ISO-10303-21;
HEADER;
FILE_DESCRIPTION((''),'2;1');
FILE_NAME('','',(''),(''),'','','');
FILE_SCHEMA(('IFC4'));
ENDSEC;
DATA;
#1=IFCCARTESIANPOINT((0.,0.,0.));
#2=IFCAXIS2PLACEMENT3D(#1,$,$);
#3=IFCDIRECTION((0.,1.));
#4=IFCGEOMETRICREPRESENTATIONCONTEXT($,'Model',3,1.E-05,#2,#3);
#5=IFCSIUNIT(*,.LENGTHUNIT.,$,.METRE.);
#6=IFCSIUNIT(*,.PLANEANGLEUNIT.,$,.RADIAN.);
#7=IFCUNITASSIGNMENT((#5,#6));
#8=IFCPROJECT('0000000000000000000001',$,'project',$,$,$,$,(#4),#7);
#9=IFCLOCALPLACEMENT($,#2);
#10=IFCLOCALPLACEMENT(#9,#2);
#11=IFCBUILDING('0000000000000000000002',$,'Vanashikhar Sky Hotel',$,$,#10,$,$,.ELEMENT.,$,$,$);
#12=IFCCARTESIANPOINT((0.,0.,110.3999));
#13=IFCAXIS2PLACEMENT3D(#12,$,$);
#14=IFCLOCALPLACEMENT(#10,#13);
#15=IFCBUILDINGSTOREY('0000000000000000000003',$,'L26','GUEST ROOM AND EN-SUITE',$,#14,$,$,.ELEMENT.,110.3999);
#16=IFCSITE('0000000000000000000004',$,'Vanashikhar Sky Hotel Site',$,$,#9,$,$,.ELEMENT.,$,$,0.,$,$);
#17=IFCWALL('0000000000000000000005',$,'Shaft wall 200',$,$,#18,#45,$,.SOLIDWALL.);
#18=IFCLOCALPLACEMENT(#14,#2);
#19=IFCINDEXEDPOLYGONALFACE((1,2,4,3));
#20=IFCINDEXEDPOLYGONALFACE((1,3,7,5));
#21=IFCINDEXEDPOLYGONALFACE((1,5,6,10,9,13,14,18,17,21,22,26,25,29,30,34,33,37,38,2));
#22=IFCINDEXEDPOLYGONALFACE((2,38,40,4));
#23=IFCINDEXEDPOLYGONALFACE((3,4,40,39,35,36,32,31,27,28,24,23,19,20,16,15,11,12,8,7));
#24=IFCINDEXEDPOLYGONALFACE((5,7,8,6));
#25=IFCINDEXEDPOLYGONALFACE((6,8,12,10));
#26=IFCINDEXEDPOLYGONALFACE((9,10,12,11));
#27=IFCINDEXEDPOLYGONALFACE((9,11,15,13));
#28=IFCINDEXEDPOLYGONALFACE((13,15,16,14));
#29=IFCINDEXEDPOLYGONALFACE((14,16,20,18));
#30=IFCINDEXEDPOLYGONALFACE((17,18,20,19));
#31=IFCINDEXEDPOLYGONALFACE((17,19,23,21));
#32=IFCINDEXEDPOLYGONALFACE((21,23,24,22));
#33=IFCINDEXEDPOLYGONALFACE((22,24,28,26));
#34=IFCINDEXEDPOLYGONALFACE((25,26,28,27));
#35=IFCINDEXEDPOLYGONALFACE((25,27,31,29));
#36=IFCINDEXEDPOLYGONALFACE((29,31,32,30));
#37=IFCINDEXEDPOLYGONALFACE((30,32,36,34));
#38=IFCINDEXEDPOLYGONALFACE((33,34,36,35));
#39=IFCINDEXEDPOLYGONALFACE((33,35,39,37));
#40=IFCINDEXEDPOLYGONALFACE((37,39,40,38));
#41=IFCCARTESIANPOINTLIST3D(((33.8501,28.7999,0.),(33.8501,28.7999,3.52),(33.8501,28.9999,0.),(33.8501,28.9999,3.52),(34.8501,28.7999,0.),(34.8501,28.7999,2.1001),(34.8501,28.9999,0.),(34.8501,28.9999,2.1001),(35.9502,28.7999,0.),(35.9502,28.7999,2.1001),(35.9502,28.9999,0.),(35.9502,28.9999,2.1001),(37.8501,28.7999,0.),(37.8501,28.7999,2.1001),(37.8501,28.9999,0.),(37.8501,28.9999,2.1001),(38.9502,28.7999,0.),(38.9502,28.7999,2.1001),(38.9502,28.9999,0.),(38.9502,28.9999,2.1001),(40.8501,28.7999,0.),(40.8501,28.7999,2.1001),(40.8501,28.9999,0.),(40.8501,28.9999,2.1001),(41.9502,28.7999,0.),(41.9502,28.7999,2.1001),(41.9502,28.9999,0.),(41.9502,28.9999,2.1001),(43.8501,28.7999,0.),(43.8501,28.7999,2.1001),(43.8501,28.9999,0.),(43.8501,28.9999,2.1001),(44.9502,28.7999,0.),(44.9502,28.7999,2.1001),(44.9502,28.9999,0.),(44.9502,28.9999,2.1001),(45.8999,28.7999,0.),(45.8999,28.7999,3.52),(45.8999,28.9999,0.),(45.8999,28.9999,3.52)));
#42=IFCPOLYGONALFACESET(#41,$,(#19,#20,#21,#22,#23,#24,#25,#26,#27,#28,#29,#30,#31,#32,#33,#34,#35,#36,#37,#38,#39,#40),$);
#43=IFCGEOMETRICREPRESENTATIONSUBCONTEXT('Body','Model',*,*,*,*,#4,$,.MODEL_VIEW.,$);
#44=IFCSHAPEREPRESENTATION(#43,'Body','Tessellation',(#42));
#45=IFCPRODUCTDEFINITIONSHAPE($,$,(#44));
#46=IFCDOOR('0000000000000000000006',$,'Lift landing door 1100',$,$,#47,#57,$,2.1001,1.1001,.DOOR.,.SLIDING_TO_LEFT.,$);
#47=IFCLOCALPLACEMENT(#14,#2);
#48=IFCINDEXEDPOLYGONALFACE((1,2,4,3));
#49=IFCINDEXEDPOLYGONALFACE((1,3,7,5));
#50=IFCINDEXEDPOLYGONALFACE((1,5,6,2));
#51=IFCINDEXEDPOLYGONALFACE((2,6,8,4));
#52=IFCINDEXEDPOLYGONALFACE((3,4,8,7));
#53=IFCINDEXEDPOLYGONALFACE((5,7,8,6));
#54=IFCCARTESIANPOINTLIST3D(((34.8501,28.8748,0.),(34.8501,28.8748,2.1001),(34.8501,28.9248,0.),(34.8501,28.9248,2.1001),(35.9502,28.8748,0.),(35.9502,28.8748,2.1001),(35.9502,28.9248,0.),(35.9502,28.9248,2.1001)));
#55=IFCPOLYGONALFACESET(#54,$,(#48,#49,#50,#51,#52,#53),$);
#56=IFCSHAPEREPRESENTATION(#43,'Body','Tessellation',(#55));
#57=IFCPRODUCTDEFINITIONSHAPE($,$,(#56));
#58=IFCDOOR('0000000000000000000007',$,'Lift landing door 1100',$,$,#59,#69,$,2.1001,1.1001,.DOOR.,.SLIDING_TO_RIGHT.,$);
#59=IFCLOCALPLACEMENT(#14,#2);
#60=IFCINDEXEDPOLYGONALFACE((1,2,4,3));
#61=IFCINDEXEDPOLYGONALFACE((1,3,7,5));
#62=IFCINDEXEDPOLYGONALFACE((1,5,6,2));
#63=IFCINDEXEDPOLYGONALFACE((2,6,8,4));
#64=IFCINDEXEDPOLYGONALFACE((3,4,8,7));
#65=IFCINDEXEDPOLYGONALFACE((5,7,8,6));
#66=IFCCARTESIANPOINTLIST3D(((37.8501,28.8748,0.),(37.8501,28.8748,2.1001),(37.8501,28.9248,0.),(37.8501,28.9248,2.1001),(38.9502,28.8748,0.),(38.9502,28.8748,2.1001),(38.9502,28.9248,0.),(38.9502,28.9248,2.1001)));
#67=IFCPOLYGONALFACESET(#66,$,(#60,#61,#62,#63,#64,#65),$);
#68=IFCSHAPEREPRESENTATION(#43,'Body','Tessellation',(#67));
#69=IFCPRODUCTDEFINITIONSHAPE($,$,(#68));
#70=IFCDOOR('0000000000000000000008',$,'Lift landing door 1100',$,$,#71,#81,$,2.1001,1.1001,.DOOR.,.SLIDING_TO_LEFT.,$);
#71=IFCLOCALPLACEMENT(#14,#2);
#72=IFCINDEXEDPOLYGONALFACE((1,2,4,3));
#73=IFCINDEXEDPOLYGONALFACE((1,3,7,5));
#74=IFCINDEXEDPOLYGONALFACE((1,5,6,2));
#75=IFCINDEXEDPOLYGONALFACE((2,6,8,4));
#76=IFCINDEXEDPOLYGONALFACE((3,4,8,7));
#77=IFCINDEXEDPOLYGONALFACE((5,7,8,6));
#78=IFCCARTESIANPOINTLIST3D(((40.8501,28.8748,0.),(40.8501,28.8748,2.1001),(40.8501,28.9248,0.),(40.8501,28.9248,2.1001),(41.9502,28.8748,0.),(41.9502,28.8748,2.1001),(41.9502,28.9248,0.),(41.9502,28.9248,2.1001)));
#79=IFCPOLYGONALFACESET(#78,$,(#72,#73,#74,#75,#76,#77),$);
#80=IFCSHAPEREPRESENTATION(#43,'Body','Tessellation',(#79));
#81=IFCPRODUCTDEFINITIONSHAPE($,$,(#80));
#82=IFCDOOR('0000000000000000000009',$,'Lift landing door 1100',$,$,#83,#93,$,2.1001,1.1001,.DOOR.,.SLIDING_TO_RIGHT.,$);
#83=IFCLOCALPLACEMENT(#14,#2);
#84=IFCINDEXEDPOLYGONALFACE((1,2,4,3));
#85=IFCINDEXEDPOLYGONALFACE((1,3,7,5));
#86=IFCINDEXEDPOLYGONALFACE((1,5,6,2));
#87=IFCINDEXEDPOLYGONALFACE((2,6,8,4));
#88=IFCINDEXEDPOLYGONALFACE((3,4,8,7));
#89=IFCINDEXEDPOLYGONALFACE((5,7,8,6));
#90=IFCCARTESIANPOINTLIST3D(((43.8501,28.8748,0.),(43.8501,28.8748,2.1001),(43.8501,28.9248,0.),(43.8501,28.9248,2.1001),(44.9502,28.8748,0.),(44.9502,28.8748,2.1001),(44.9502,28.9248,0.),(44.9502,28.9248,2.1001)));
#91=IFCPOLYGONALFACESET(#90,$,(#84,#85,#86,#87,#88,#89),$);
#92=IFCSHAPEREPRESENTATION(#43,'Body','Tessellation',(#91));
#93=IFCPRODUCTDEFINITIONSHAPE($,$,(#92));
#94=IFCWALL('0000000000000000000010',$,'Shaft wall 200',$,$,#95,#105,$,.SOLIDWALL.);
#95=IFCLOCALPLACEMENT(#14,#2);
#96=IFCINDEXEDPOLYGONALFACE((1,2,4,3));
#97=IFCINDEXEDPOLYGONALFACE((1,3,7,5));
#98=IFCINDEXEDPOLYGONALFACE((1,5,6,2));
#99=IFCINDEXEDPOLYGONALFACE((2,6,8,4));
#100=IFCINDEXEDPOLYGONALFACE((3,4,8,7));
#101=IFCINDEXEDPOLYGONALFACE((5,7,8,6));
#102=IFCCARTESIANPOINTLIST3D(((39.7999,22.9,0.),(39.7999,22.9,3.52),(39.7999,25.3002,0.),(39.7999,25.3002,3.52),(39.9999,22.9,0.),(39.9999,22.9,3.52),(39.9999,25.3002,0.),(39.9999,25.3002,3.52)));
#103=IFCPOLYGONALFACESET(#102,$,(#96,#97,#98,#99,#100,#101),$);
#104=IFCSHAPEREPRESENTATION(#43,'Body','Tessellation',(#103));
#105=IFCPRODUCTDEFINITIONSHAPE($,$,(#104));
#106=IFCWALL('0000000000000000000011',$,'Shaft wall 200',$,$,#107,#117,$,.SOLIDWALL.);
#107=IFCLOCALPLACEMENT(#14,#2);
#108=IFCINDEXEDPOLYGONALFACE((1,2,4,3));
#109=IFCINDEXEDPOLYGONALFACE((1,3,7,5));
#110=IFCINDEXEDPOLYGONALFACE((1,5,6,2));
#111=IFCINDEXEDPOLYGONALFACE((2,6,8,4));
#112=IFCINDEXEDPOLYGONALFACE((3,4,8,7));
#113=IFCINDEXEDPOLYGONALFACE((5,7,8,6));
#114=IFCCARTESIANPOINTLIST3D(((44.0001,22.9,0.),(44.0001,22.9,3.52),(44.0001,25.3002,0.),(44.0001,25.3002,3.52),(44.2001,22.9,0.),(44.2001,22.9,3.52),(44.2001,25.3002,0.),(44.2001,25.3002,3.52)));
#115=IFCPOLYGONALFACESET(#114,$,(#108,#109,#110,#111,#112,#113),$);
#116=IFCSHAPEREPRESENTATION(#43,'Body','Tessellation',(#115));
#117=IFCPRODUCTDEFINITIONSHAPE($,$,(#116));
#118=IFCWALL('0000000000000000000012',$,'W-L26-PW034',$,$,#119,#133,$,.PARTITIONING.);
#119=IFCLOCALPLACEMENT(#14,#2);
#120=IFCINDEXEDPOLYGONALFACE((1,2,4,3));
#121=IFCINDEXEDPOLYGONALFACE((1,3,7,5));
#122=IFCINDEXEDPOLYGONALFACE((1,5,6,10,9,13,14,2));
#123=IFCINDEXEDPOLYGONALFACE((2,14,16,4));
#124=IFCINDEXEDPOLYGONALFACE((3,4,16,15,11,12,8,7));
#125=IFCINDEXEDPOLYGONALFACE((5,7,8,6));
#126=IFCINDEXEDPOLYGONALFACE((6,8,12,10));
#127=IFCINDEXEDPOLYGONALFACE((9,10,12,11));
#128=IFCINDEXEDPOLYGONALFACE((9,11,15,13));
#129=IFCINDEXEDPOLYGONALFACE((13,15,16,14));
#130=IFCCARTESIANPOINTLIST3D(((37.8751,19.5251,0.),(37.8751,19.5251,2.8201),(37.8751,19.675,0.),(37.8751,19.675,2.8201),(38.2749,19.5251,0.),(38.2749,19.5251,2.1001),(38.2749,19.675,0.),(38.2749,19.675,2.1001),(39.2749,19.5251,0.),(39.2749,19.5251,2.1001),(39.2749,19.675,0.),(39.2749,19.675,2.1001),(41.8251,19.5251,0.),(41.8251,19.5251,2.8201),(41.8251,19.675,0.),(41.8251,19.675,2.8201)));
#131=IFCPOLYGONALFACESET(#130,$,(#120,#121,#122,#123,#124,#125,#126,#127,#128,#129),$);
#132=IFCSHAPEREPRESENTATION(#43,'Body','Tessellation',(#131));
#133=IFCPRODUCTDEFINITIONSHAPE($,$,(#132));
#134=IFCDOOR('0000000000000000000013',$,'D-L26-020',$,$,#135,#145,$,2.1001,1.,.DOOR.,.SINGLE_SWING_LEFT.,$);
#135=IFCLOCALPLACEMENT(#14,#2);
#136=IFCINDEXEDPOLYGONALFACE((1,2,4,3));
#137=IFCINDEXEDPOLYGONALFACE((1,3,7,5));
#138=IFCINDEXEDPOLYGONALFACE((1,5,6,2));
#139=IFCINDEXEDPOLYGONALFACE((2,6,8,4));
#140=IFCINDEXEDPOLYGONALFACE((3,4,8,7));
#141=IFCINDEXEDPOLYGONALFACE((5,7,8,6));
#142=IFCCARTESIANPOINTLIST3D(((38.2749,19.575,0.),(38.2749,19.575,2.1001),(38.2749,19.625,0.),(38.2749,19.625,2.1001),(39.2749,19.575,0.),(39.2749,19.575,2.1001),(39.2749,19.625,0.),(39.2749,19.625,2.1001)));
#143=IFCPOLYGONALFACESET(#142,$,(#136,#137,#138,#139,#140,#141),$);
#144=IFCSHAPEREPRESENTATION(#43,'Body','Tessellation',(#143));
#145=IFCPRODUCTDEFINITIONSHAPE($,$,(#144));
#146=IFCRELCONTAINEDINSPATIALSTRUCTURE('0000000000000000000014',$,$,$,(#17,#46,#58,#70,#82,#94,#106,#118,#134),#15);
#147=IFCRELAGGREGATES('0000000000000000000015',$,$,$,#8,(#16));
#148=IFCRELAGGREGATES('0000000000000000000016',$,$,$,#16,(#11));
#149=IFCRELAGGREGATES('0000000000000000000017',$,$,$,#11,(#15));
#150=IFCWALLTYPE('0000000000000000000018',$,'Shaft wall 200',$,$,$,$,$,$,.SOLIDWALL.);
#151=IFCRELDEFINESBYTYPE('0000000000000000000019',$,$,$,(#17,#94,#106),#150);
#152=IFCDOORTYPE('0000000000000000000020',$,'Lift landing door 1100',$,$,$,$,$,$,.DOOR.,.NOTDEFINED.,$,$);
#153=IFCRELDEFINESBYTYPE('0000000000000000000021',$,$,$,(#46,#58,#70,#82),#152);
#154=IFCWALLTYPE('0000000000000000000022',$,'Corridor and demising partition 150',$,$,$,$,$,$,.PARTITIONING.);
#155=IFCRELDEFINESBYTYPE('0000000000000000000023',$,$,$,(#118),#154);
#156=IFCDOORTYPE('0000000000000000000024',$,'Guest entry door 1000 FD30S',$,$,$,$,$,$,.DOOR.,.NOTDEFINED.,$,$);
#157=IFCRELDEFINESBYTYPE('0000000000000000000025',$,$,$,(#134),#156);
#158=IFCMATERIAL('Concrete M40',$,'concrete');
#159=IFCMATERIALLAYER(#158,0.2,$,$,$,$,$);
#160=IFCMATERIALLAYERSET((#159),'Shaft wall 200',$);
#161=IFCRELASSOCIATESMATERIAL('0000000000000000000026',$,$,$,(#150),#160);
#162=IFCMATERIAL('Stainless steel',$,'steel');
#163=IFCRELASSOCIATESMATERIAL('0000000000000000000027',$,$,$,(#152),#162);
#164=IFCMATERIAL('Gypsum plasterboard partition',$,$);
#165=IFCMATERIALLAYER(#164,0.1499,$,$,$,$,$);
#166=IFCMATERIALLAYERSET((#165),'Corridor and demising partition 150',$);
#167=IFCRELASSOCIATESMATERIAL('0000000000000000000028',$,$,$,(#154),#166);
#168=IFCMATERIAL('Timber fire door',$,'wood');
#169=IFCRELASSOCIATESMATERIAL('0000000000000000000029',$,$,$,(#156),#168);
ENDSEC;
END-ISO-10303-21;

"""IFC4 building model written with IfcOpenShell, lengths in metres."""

from ifc_helpers import new_model, si_unit, direction, frame, frame_2d, origin, place, context, subcontext, project, spatial, rectangle, extrude, source, transform, mapped, material, layer, layer_set, type_object, element, fill, save


model = new_model("IFC4")

# Units and contexts
model_context = context("Model", 3, precision=1e-05, world=origin(), true_north=direction((0.0, 1.0)))
body_context = subcontext(model_context, "Body", "Model", "MODEL_VIEW")
ifc_project = project(units=[si_unit("LENGTHUNIT", "METRE"), si_unit("PLANEANGLEUNIT", "RADIAN")], contexts=[model_context])

# Site, building, storey
site_placement = place(None, origin())
site = spatial("IfcSite", under=ifc_project, at=site_placement, Name="Vanashikhar Sky Hotel Site", CompositionType="ELEMENT", RefElevation=0.0)
building_placement = place(site_placement, origin())
building = spatial("IfcBuilding", under=site, at=building_placement, Name="Vanashikhar Sky Hotel", CompositionType="ELEMENT")
storey_placement = place(building_placement, frame((0.0, 0.0, 110.3999)))
storey = spatial("IfcBuildingStorey", under=building, at=storey_placement, Name="L26", Description="GUEST ROOM AND EN-SUITE", CompositionType="ELEMENT", Elevation=110.3999)

# Wall, openings, doors
ifc_material_1 = material(Name="Concrete M40", Category="concrete")
ifc_layer_1 = layer(ifc_material_1, 0.2)
ifc_layer_set_1 = layer_set([ifc_layer_1], Name="Shaft wall 200")
wall_type_1 = type_object("IfcWallType", Name="Shaft wall 200", PredefinedType="SOLIDWALL", material=ifc_layer_set_1)
shared_shape_1 = source(origin(), body_context, "Body", "SweptSolid", [
    extrude(rectangle(XDim=1.1001, YDim=2.1001, at=frame_2d((0.55, 1.05))), frame((0.0, 0.1099, 0.0), z_axis=(0.0, -1.0, 0.0), x_axis=(1.0, 0.0, 0.0)), (0.0, 0.0, 1.0), 0.22),
])
ifc_material_2 = material(Name="Stainless steel", Category="steel")
door_type_1 = type_object("IfcDoorType", Name="Lift landing door 1100", OperationType="NOTDEFINED", PredefinedType="DOOR", material=ifc_material_2)
shared_shape_2 = source(origin(), body_context, "Body", "SweptSolid", [
    extrude(rectangle(XDim=1.1001, YDim=2.1001, at=frame_2d((0.55, 1.05))), frame((0.0, 0.0249, 0.0), z_axis=(0.0, -1.0, 0.0), x_axis=(1.0, 0.0, 0.0)), (0.0, 0.0, 1.0), 0.05),
])
shared_shape_3 = source(origin(), body_context, "Body", "SweptSolid", [
    extrude(rectangle(XDim=12.0498, YDim=0.2, at=frame_2d((6.0249, 0.0))), origin(), (0.0, 0.0, 1.0), 3.52),
])
wall_1_placement = place(storey_placement, frame((33.8501, 28.8999, 0.0), z_axis=(0.0, 0.0, 1.0), x_axis=(1.0, 0.0, 0.0)))
wall_1 = element("IfcWall", 1, at=wall_1_placement, inside=storey, type_object=wall_type_1, Name="Shaft wall 200", PredefinedType="SOLIDWALL", context=body_context, shape_type="MappedRepresentation", body=[
    mapped(shared_shape_3, transform((0.0, 0.0, 0.0), scale=1.0)),
])
opening_1_placement = place(wall_1_placement, frame((1.0, 0.0, 0.0)))
opening_1 = element("IfcOpeningElement", 2, at=opening_1_placement, cuts=wall_1, PredefinedType="OPENING", context=body_context, shape_type="MappedRepresentation", body=[
    mapped(shared_shape_1, transform((0.0, 0.0, 0.0), scale=1.0)),
])
opening_2_placement = place(wall_1_placement, frame((4.0, 0.0, 0.0)))
opening_2 = element("IfcOpeningElement", 3, at=opening_2_placement, cuts=wall_1, PredefinedType="OPENING", context=body_context, shape_type="MappedRepresentation", body=[
    mapped(shared_shape_1, transform((0.0, 0.0, 0.0), scale=1.0)),
])
opening_3_placement = place(wall_1_placement, frame((7.0, 0.0, 0.0)))
opening_3 = element("IfcOpeningElement", 4, at=opening_3_placement, cuts=wall_1, PredefinedType="OPENING", context=body_context, shape_type="MappedRepresentation", body=[
    mapped(shared_shape_1, transform((0.0, 0.0, 0.0), scale=1.0)),
])
opening_4_placement = place(wall_1_placement, frame((10.0, 0.0, 0.0)))
opening_4 = element("IfcOpeningElement", 5, at=opening_4_placement, cuts=wall_1, PredefinedType="OPENING", context=body_context, shape_type="MappedRepresentation", body=[
    mapped(shared_shape_1, transform((0.0, 0.0, 0.0), scale=1.0)),
])
door_1_placement = place(opening_1_placement, origin())
door_1 = element("IfcDoor", 6, at=door_1_placement, inside=storey, type_object=door_type_1, Name="Lift landing door 1100", OperationType="SLIDING_TO_LEFT", OverallHeight=2.1001, OverallWidth=1.1001, PredefinedType="DOOR", context=body_context, shape_type="MappedRepresentation", body=[
    mapped(shared_shape_2, transform((0.0, 0.0, 0.0), scale=1.0)),
])
fill(opening_1, door_1)
door_2_placement = place(opening_2_placement, origin())
door_2 = element("IfcDoor", 7, at=door_2_placement, inside=storey, type_object=door_type_1, Name="Lift landing door 1100", OperationType="SLIDING_TO_RIGHT", OverallHeight=2.1001, OverallWidth=1.1001, PredefinedType="DOOR", context=body_context, shape_type="MappedRepresentation", body=[
    mapped(shared_shape_2, transform((0.0, 0.0, 0.0), scale=1.0)),
])
fill(opening_2, door_2)
door_3_placement = place(opening_3_placement, origin())
door_3 = element("IfcDoor", 8, at=door_3_placement, inside=storey, type_object=door_type_1, Name="Lift landing door 1100", OperationType="SLIDING_TO_LEFT", OverallHeight=2.1001, OverallWidth=1.1001, PredefinedType="DOOR", context=body_context, shape_type="MappedRepresentation", body=[
    mapped(shared_shape_2, transform((0.0, 0.0, 0.0), scale=1.0)),
])
fill(opening_3, door_3)
door_4_placement = place(opening_4_placement, origin())
door_4 = element("IfcDoor", 9, at=door_4_placement, inside=storey, type_object=door_type_1, Name="Lift landing door 1100", OperationType="SLIDING_TO_RIGHT", OverallHeight=2.1001, OverallWidth=1.1001, PredefinedType="DOOR", context=body_context, shape_type="MappedRepresentation", body=[
    mapped(shared_shape_2, transform((0.0, 0.0, 0.0), scale=1.0)),
])
fill(opening_4, door_4)

# Walls
shared_shape_4 = source(origin(), body_context, "Body", "SweptSolid", [
    extrude(rectangle(XDim=2.4001, YDim=0.2, at=frame_2d((1.2002, 0.0))), origin(), (0.0, 0.0, 1.0), 3.52),
])
for number, where, z_axis, x_axis, name in (
    (10, (39.8999, 22.8999, 0.0), (0.0, 0.0, 1.0), (0.0, 1.0, 0.0), "Shaft wall 200"),
    (11, (44.1001, 22.8999, 0.0), (0.0, 0.0, 1.0), (0.0, 1.0, 0.0), "Shaft wall 200"),
):
    element("IfcWall", number, at=place(storey_placement, frame(where, z_axis=z_axis, x_axis=x_axis)), inside=storey, type_object=wall_type_1, Name=name, PredefinedType="SOLIDWALL", context=body_context, shape_type="MappedRepresentation", body=[
        mapped(shared_shape_4, transform((0.0, 0.0, 0.0), scale=1.0)),
    ])

# Wall, opening, door
ifc_material_3 = material(Name="Gypsum plasterboard partition")
ifc_layer_2 = layer(ifc_material_3, 0.1499)
ifc_layer_set_2 = layer_set([ifc_layer_2], Name="Corridor and demising partition 150")
wall_type_2 = type_object("IfcWallType", Name="Corridor and demising partition 150", PredefinedType="PARTITIONING", material=ifc_layer_set_2)
shared_shape_5 = source(origin(), body_context, "Body", "SweptSolid", [
    extrude(rectangle(XDim=3.95, YDim=0.1499, at=frame_2d((1.9751, 0.0))), origin(), (0.0, 0.0, 1.0), 2.8201),
])
wall_2_placement = place(storey_placement, frame((37.875, 19.6001, 0.0), z_axis=(0.0, 0.0, 1.0), x_axis=(1.0, 0.0, 0.0)))
wall_2 = element("IfcWall", 12, at=wall_2_placement, inside=storey, type_object=wall_type_2, Name="W-L26-PW034", PredefinedType="PARTITIONING", context=body_context, shape_type="MappedRepresentation", body=[
    mapped(shared_shape_5, transform((0.0, 0.0, 0.0), scale=1.0)),
])
shared_shape_6 = source(origin(), body_context, "Body", "SweptSolid", [
    extrude(rectangle(XDim=1.0, YDim=2.1001, at=frame_2d((0.5, 1.05))), frame((0.0, 0.085, 0.0), z_axis=(0.0, -1.0, 0.0), x_axis=(1.0, 0.0, 0.0)), (0.0, 0.0, 1.0), 0.1699),
])
opening_5_placement = place(wall_2_placement, frame((0.3999, 0.0, 0.0)))
opening_5 = element("IfcOpeningElement", 13, at=opening_5_placement, cuts=wall_2, PredefinedType="OPENING", context=body_context, shape_type="MappedRepresentation", body=[
    mapped(shared_shape_6, transform((0.0, 0.0, 0.0), scale=1.0)),
])
ifc_material_4 = material(Name="Timber fire door", Category="wood")
door_type_2 = type_object("IfcDoorType", Name="Guest entry door 1000 FD30S", OperationType="NOTDEFINED", PredefinedType="DOOR", material=ifc_material_4)
shared_shape_7 = source(origin(), body_context, "Body", "SweptSolid", [
    extrude(rectangle(XDim=1.0, YDim=2.1001, at=frame_2d((0.5, 1.05))), frame((0.0, 0.0249, 0.0), z_axis=(0.0, -1.0, 0.0), x_axis=(1.0, 0.0, 0.0)), (0.0, 0.0, 1.0), 0.05),
])
door_5_placement = place(opening_5_placement, origin())
door_5 = element("IfcDoor", 14, at=door_5_placement, inside=storey, type_object=door_type_2, Name="D-L26-020", OperationType="SINGLE_SWING_LEFT", OverallHeight=2.1001, OverallWidth=1.0, PredefinedType="DOOR", context=body_context, shape_type="MappedRepresentation", body=[
    mapped(shared_shape_7, transform((0.0, 0.0, 0.0), scale=1.0)),
])
fill(opening_5, door_5)

save(model, "model.ifc")
